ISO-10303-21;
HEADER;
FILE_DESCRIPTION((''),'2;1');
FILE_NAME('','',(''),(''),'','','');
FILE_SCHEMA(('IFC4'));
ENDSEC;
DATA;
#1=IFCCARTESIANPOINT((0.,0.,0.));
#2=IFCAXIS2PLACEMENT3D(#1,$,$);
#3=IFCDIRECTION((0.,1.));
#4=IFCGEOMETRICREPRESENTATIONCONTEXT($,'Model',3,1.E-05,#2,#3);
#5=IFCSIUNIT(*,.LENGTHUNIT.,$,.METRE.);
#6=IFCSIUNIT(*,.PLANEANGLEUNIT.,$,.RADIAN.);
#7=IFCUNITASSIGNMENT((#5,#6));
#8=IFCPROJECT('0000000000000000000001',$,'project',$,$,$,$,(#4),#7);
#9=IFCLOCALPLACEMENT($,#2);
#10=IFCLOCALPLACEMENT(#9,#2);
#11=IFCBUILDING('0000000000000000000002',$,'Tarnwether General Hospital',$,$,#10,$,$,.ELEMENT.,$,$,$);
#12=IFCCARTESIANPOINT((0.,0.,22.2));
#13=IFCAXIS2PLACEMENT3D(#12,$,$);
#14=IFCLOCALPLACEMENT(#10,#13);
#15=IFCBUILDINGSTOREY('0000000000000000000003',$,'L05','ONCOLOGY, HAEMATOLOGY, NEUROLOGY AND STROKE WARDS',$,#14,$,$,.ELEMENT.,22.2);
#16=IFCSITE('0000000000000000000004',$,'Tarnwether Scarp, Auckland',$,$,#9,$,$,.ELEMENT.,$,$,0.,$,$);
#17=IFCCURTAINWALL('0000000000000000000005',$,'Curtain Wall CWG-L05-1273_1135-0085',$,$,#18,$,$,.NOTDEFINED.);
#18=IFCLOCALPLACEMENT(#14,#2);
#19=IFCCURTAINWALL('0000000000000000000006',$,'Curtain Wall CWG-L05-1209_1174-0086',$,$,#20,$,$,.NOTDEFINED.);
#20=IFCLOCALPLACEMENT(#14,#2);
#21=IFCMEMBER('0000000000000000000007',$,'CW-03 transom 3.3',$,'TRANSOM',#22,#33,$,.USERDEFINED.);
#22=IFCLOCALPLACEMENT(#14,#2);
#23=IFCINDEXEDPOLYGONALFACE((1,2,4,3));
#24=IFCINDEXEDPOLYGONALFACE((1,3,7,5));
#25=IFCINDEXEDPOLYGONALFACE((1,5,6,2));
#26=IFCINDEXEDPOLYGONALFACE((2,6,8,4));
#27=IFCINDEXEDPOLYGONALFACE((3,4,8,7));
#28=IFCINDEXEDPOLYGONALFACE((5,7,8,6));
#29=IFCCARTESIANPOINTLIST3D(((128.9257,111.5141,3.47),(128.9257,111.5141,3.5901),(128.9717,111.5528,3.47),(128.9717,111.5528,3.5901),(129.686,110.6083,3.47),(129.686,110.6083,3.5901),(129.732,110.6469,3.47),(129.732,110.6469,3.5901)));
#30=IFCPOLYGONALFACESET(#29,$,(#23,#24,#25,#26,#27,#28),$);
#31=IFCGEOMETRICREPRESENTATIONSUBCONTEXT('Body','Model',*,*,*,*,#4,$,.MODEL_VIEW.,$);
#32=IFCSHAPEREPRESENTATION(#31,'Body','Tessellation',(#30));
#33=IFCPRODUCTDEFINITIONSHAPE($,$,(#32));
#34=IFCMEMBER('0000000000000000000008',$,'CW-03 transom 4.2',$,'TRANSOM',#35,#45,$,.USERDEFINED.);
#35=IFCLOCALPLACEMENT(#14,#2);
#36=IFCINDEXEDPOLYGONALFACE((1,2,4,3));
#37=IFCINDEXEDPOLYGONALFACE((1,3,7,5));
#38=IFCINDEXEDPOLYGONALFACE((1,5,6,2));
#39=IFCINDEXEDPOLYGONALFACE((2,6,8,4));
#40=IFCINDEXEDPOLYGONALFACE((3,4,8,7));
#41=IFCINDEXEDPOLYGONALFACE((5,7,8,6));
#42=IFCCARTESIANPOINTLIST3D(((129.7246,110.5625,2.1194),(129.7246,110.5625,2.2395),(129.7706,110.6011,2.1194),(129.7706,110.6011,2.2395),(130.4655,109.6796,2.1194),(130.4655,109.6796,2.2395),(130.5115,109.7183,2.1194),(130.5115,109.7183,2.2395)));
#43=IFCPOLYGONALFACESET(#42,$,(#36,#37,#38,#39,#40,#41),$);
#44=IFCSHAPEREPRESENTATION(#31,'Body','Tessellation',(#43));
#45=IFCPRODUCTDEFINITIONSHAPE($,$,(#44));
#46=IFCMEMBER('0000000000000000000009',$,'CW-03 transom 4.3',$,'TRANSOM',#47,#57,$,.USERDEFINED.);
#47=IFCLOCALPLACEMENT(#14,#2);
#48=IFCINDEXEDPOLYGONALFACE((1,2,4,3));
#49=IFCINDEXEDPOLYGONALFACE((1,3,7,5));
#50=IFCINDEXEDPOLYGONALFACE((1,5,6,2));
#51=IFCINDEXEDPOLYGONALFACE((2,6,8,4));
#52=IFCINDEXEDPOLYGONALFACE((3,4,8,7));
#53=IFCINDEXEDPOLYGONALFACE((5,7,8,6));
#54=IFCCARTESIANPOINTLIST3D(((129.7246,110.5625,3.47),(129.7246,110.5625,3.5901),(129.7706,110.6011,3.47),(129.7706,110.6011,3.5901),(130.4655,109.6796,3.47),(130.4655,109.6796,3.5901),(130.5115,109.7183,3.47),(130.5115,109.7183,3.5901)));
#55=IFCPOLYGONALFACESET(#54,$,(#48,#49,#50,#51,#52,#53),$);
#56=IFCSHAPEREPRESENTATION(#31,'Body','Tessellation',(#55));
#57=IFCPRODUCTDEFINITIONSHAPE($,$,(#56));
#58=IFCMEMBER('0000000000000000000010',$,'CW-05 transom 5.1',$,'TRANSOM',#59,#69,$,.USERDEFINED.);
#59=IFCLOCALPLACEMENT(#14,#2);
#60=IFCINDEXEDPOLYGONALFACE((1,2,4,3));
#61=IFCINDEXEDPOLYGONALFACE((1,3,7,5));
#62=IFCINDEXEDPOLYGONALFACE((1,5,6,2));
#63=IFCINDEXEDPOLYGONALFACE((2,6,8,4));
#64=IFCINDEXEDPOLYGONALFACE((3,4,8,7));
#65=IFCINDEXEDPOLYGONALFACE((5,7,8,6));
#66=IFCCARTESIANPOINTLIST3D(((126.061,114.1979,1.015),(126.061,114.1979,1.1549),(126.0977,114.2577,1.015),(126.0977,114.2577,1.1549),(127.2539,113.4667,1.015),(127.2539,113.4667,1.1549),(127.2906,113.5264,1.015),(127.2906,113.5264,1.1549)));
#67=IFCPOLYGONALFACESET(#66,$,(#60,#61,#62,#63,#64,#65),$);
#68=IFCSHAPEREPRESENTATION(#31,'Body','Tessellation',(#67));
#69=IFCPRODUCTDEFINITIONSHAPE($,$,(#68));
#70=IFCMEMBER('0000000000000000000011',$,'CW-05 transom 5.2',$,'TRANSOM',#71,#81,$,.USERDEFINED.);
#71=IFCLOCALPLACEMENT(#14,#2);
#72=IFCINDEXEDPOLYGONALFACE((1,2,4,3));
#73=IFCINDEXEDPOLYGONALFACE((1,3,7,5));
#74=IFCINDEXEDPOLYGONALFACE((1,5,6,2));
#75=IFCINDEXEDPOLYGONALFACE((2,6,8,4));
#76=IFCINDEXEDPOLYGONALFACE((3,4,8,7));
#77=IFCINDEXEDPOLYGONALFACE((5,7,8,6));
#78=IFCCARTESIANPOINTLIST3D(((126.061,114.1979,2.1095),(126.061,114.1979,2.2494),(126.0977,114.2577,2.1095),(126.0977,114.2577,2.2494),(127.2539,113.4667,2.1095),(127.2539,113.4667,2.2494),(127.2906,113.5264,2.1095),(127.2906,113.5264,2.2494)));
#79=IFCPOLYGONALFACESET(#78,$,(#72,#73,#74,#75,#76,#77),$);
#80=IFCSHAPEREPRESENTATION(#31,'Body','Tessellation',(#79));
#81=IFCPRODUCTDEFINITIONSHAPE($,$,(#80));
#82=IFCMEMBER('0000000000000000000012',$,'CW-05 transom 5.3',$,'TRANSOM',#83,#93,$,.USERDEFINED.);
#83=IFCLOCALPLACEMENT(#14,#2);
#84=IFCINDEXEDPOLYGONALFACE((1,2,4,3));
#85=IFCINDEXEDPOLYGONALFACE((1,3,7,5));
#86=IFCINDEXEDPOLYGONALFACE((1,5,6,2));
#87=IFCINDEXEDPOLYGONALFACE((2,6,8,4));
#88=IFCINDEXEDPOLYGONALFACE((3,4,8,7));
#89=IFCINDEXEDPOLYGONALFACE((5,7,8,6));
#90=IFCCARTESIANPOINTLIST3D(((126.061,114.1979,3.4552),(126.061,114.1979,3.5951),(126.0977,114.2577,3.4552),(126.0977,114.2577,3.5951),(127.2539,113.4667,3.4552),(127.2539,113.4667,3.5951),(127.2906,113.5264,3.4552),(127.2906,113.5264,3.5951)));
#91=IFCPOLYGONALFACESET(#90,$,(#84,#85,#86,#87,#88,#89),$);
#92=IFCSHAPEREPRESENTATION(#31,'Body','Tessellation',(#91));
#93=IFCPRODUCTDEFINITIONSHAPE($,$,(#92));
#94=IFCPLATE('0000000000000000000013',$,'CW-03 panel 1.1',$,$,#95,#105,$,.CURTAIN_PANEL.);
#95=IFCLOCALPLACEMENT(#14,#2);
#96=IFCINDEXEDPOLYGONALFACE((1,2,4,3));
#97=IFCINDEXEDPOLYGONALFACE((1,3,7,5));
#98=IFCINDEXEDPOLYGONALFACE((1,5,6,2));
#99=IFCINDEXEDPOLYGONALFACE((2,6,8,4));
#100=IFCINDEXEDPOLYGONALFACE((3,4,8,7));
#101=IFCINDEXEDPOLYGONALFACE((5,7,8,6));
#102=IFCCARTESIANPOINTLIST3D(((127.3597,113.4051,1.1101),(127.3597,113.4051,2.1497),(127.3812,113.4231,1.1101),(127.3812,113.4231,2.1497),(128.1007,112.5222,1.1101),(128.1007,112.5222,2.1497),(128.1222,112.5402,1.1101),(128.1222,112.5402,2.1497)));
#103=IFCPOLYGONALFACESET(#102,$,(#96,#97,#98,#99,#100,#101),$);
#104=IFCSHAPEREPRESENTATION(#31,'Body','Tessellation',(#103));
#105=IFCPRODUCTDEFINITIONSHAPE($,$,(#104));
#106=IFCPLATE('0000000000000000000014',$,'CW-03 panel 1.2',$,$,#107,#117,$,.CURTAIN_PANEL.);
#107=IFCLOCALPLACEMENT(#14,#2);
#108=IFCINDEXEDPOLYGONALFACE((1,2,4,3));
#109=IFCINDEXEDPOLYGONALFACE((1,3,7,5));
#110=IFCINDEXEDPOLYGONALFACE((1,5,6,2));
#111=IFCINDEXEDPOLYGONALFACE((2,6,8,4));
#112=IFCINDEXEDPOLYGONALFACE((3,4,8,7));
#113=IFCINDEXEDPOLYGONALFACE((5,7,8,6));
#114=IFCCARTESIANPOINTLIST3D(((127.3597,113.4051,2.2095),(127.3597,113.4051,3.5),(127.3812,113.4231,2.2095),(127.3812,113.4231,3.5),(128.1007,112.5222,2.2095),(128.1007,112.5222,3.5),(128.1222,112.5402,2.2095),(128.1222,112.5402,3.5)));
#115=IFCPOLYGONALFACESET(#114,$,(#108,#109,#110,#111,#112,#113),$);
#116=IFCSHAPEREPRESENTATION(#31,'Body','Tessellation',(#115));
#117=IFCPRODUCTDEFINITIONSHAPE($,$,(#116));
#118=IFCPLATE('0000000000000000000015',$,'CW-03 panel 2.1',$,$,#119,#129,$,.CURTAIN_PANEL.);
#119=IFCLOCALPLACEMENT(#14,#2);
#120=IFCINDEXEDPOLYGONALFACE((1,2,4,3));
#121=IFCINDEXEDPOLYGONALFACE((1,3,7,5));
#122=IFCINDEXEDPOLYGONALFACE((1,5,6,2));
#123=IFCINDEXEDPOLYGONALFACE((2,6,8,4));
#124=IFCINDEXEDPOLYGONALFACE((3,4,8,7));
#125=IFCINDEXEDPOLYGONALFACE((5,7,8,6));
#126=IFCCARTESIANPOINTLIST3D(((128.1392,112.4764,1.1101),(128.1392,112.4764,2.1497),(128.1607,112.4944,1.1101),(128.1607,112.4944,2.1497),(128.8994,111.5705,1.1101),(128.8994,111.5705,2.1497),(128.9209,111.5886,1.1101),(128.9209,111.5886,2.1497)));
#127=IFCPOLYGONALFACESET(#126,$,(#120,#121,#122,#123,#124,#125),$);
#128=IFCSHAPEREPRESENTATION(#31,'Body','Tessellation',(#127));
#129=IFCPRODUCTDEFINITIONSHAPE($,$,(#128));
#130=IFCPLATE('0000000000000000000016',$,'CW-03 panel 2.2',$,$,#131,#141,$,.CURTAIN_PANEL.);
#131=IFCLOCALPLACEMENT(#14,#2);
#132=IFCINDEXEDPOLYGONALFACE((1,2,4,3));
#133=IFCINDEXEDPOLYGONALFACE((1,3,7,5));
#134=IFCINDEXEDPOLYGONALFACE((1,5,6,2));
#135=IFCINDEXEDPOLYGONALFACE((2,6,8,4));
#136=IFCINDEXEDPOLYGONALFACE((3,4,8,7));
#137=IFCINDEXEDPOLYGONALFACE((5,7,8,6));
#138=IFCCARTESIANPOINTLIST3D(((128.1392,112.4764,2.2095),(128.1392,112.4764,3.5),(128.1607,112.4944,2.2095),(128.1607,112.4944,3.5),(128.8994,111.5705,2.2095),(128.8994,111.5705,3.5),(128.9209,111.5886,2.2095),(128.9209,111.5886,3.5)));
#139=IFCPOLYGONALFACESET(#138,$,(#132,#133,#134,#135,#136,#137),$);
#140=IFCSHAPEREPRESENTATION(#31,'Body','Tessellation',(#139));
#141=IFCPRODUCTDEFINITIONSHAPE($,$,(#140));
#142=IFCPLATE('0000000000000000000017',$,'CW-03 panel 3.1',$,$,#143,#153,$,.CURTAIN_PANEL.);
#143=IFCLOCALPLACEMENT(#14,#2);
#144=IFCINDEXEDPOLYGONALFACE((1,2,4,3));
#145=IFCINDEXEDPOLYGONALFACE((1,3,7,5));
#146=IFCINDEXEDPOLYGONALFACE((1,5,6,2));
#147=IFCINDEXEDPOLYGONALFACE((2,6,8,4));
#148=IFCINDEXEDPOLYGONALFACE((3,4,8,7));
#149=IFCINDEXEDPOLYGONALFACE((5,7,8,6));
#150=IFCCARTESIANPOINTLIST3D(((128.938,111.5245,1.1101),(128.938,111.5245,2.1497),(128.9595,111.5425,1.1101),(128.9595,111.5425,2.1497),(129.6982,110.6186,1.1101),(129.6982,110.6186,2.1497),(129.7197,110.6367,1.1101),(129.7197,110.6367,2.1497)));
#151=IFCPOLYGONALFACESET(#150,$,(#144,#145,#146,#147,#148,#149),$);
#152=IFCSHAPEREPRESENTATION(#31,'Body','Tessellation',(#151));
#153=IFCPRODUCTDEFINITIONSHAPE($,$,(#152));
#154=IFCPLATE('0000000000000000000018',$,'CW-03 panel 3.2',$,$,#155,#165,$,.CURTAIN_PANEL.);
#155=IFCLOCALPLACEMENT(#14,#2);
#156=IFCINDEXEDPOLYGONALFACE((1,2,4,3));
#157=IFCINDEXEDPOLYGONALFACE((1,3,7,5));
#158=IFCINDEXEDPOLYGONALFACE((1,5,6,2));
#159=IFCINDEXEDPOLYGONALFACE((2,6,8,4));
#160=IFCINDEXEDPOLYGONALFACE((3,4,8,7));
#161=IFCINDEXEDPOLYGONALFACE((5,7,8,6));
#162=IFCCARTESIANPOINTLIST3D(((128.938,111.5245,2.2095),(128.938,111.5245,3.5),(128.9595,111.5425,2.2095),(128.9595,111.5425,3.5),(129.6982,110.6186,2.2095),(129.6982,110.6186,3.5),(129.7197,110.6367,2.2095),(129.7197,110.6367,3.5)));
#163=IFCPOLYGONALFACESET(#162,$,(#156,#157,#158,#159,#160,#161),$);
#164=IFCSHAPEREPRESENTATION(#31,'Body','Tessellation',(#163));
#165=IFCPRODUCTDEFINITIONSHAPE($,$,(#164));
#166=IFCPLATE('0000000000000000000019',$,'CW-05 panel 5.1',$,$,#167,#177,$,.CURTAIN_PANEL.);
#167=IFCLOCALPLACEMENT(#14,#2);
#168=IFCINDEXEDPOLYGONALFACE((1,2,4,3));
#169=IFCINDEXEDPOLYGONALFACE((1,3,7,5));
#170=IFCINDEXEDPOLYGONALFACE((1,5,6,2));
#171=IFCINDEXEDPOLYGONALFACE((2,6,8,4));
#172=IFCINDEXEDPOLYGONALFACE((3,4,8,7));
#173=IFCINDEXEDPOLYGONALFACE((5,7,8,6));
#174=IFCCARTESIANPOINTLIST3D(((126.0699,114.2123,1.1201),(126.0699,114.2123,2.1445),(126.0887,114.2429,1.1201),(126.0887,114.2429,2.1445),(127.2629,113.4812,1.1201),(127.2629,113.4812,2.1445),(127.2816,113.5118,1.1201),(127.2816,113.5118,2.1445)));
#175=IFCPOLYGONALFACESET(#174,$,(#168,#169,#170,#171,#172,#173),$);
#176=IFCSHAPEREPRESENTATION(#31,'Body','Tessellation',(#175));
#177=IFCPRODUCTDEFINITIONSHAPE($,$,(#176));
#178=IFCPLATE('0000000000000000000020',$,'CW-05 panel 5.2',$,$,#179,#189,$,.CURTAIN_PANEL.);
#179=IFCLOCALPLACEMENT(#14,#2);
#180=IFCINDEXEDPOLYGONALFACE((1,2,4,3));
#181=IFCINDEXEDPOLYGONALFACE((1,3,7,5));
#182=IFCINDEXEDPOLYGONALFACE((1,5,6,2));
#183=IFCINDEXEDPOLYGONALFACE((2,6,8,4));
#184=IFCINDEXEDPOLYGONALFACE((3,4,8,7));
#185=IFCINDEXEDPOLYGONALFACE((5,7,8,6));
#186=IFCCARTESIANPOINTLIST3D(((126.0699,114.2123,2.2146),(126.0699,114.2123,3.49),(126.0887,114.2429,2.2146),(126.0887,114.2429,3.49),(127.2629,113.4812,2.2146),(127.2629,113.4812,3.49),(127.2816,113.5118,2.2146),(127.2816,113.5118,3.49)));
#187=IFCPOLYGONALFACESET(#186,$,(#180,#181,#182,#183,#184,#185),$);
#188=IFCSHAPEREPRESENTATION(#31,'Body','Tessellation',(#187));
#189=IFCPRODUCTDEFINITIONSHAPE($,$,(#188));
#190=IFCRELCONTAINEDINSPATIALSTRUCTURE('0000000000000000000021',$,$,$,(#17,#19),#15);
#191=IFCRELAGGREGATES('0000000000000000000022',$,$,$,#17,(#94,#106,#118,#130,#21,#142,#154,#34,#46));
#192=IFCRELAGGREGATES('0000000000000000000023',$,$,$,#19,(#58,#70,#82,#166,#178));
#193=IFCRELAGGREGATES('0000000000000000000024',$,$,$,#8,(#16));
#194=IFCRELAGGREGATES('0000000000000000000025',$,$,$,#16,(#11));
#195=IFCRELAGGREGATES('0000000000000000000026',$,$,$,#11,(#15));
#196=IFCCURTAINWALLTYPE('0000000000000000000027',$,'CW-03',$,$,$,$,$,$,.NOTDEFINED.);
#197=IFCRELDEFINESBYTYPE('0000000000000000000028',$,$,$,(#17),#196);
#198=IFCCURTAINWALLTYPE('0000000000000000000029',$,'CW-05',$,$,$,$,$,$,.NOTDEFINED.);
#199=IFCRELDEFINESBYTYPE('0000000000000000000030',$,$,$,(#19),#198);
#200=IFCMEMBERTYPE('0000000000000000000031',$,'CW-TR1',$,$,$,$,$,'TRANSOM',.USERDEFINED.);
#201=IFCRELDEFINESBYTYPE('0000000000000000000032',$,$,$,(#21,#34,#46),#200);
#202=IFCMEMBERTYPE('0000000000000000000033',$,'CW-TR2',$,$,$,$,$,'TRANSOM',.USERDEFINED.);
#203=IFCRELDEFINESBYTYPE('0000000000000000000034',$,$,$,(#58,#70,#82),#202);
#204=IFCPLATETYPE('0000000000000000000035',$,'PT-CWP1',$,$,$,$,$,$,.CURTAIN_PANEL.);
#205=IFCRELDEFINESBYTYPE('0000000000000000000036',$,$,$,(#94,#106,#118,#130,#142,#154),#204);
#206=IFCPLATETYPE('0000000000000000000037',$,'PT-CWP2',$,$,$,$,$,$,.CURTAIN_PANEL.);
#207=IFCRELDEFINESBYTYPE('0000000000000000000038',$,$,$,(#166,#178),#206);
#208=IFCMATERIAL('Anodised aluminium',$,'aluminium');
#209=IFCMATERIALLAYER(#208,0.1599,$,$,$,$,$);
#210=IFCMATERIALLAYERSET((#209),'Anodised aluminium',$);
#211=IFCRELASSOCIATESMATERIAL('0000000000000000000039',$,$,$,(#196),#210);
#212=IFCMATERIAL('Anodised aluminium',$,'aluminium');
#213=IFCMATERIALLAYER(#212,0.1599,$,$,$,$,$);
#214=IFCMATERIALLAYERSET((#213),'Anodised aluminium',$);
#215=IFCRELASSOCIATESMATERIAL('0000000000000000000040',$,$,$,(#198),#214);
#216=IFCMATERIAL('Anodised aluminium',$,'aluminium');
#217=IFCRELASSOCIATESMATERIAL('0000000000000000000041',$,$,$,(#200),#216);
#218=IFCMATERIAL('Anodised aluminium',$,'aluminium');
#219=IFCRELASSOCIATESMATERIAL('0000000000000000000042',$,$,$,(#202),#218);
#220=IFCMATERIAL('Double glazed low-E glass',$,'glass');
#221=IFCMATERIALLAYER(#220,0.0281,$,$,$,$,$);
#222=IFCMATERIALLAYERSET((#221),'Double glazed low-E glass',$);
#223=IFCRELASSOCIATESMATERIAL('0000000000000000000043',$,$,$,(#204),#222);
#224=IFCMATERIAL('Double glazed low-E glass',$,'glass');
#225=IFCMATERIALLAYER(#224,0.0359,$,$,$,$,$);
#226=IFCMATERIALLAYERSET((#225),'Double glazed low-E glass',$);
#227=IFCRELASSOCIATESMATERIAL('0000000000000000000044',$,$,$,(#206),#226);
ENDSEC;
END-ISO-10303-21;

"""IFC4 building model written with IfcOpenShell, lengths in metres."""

from ifc_helpers import new_model, si_unit, direction, frame, origin, origin_2d, place, context, subcontext, project, spatial, rectangle, extrude, material, layer, layer_set, material_profile, profile_set, type_object, element, aggregate, save


model = new_model("IFC4")

# Units and contexts
model_context = context("Model", 3, precision=1e-05, world=origin(), true_north=direction((0.0, 1.0)))
body_context = subcontext(model_context, "Body", "Model", "MODEL_VIEW")
ifc_project = project(units=[si_unit("LENGTHUNIT", "METRE"), si_unit("PLANEANGLEUNIT", "RADIAN")], contexts=[model_context])

# Site, building, storey
site_placement = place(None, origin())
site = spatial("IfcSite", under=ifc_project, at=site_placement, Name="Tarnwether Scarp, Auckland", CompositionType="ELEMENT", RefElevation=0.0)
building_placement = place(site_placement, origin())
building = spatial("IfcBuilding", under=site, at=building_placement, Name="Tarnwether General Hospital", CompositionType="ELEMENT")
storey_placement = place(building_placement, frame((0.0, 0.0, 22.2)))
storey = spatial("IfcBuildingStorey", under=building, at=storey_placement, Name="L05", Description="ONCOLOGY, HAEMATOLOGY, NEUROLOGY AND STROKE WARDS", CompositionType="ELEMENT", Elevation=22.2)

# Curtain walls
ifc_material_1 = material(Name="Anodised aluminium", Category="aluminium")
ifc_layer_1 = layer(ifc_material_1, 0.1599)
ifc_layer_set_1 = layer_set([ifc_layer_1], Name="Anodised aluminium")
curtain_wall_type_1 = type_object("IfcCurtainWallType", Name="CW-03", PredefinedType="NOTDEFINED", material=ifc_layer_set_1)
curtain_wall_1_placement = place(storey_placement, origin())
curtain_wall_1 = element("IfcCurtainWall", 1, at=curtain_wall_1_placement, inside=storey, type_object=curtain_wall_type_1, Name="Curtain Wall CWG-L05-1273_1135-0085", PredefinedType="NOTDEFINED")
ifc_material_2 = material(Name="Anodised aluminium", Category="aluminium")
ifc_layer_2 = layer(ifc_material_2, 0.1599)
ifc_layer_set_2 = layer_set([ifc_layer_2], Name="Anodised aluminium")
curtain_wall_type_2 = type_object("IfcCurtainWallType", Name="CW-05", PredefinedType="NOTDEFINED", material=ifc_layer_set_2)
curtain_wall_2_placement = place(storey_placement, origin())
curtain_wall_2 = element("IfcCurtainWall", 2, at=curtain_wall_2_placement, inside=storey, type_object=curtain_wall_type_2, Name="Curtain Wall CWG-L05-1209_1174-0086", PredefinedType="NOTDEFINED")

# Members
ifc_material_3 = material(Name="Anodised aluminium", Category="aluminium")
ifc_material_profile_1 = material_profile(ifc_material_3, rectangle(XDim=0.0601, YDim=0.1201, at=origin_2d()), Name="ALU-TRN-60x120")
ifc_profile_set_1 = profile_set([ifc_material_profile_1], Name="Anodised aluminium")
member_type_1 = type_object("IfcMemberType", Name="CW-TR1", ElementType="TRANSOM", PredefinedType="USERDEFINED", material=ifc_profile_set_1)
member_1_placement = place(storey_placement, frame((128.9487, 111.5334, 3.53), z_axis=(0.642902, -0.765949, 0.0), x_axis=(0.765949, 0.642902, 0.0)))
member_1 = element("IfcMember", 3, at=member_1_placement, type_object=member_type_1, Name="CW-03 transom 3.3", ObjectType="TRANSOM", PredefinedType="USERDEFINED", context=body_context, shape_type="SweptSolid", body=[
    extrude(rectangle(XDim=0.0601, YDim=0.1201, at=origin_2d()), origin(), (0.0, 0.0, 1.0), 1.1826),
])
member_2_placement = place(storey_placement, frame((129.7476, 110.5818, 2.1794), z_axis=(0.642889, -0.765959, 0.0), x_axis=(0.765959, 0.642889, 0.0)))
member_2 = element("IfcMember", 4, at=member_2_placement, type_object=member_type_1, Name="CW-03 transom 4.2", ObjectType="TRANSOM", PredefinedType="USERDEFINED", context=body_context, shape_type="SweptSolid", body=[
    extrude(rectangle(XDim=0.0601, YDim=0.1201, at=origin_2d()), origin(), (0.0, 0.0, 1.0), 1.1526),
])
member_3_placement = place(storey_placement, frame((129.7476, 110.5818, 3.53), z_axis=(0.642889, -0.765959, 0.0), x_axis=(0.765959, 0.642889, 0.0)))
member_3 = element("IfcMember", 5, at=member_3_placement, type_object=member_type_1, Name="CW-03 transom 4.3", ObjectType="TRANSOM", PredefinedType="USERDEFINED", context=body_context, shape_type="SweptSolid", body=[
    extrude(rectangle(XDim=0.0601, YDim=0.1201, at=origin_2d()), origin(), (0.0, 0.0, 1.0), 1.1526),
])
ifc_material_4 = material(Name="Anodised aluminium", Category="aluminium")
ifc_material_profile_2 = material_profile(ifc_material_4, rectangle(XDim=0.0701, YDim=0.1399, at=origin_2d()), Name="ALU-TRN-70x140")
ifc_profile_set_2 = profile_set([ifc_material_profile_2], Name="Anodised aluminium")
member_type_2 = type_object("IfcMemberType", Name="CW-TR2", ElementType="TRANSOM", PredefinedType="USERDEFINED", material=ifc_profile_set_2)
member_4_placement = place(storey_placement, frame((126.0793, 114.2278, 1.085), z_axis=(0.852574, -0.522607, 0.0), x_axis=(0.522607, 0.852574, 0.0)))
member_4 = element("IfcMember", 6, at=member_4_placement, type_object=member_type_2, Name="CW-05 transom 5.1", ObjectType="TRANSOM", PredefinedType="USERDEFINED", context=body_context, shape_type="SweptSolid", body=[
    extrude(rectangle(XDim=0.0701, YDim=0.1399, at=origin_2d()), origin(), (0.0, 0.0, 1.0), 1.3992),
])
member_5_placement = place(storey_placement, frame((126.0793, 114.2278, 2.1794), z_axis=(0.852574, -0.522607, 0.0), x_axis=(0.522607, 0.852574, 0.0)))
member_5 = element("IfcMember", 7, at=member_5_placement, type_object=member_type_2, Name="CW-05 transom 5.2", ObjectType="TRANSOM", PredefinedType="USERDEFINED", context=body_context, shape_type="SweptSolid", body=[
    extrude(rectangle(XDim=0.0701, YDim=0.1399, at=origin_2d()), origin(), (0.0, 0.0, 1.0), 1.3992),
])
member_6_placement = place(storey_placement, frame((126.0793, 114.2278, 3.5251), z_axis=(0.852574, -0.522607, 0.0), x_axis=(0.522607, 0.852574, 0.0)))
member_6 = element("IfcMember", 8, at=member_6_placement, type_object=member_type_2, Name="CW-05 transom 5.3", ObjectType="TRANSOM", PredefinedType="USERDEFINED", context=body_context, shape_type="SweptSolid", body=[
    extrude(rectangle(XDim=0.0701, YDim=0.1399, at=origin_2d()), origin(), (0.0, 0.0, 1.0), 1.3992),
])

# Plates
ifc_material_5 = material(Name="Double glazed low-E glass", Category="glass")
ifc_layer_3 = layer(ifc_material_5, 0.0281)
ifc_layer_set_3 = layer_set([ifc_layer_3], Name="Double glazed low-E glass")
plate_type_1 = type_object("IfcPlateType", Name="PT-CWP1", PredefinedType="CURTAIN_PANEL", material=ifc_layer_set_3)
plate_1_placement = place(storey_placement, frame((127.741, 112.9727, 1.1101), z_axis=(0.0, 0.0, 1.0), x_axis=(0.642852, -0.76599, 0.0)))
plate_1 = element("IfcPlate", 9, at=plate_1_placement, type_object=plate_type_1, Name="CW-03 panel 1.1", PredefinedType="CURTAIN_PANEL", context=body_context, shape_type="SweptSolid", body=[
    extrude(rectangle(XDim=1.1526, YDim=0.0281, at=origin_2d()), origin(), (0.0, 0.0, 1.0), 1.0396),
])
plate_2_placement = place(storey_placement, frame((127.741, 112.9727, 2.2095), z_axis=(0.0, 0.0, 1.0), x_axis=(0.642852, -0.76599, 0.0)))
plate_2 = element("IfcPlate", 10, at=plate_2_placement, type_object=plate_type_1, Name="CW-03 panel 1.2", PredefinedType="CURTAIN_PANEL", context=body_context, shape_type="SweptSolid", body=[
    extrude(rectangle(XDim=1.1526, YDim=0.0281, at=origin_2d()), origin(), (0.0, 0.0, 1.0), 1.2905),
])
plate_3_placement = place(storey_placement, frame((128.53, 112.0325, 1.1101), z_axis=(0.0, 0.0, 1.0), x_axis=(0.642852, -0.76599, 0.0)))
plate_3 = element("IfcPlate", 11, at=plate_3_placement, type_object=plate_type_1, Name="CW-03 panel 2.1", PredefinedType="CURTAIN_PANEL", context=body_context, shape_type="SweptSolid", body=[
    extrude(rectangle(XDim=1.1826, YDim=0.0281, at=origin_2d()), origin(), (0.0, 0.0, 1.0), 1.0396),
])
plate_4_placement = place(storey_placement, frame((128.53, 112.0325, 2.2095), z_axis=(0.0, 0.0, 1.0), x_axis=(0.642852, -0.76599, 0.0)))
plate_4 = element("IfcPlate", 12, at=plate_4_placement, type_object=plate_type_1, Name="CW-03 panel 2.2", PredefinedType="CURTAIN_PANEL", context=body_context, shape_type="SweptSolid", body=[
    extrude(rectangle(XDim=1.1826, YDim=0.0281, at=origin_2d()), origin(), (0.0, 0.0, 1.0), 1.2905),
])
plate_5_placement = place(storey_placement, frame((129.3289, 111.0806, 1.1101), z_axis=(0.0, 0.0, 1.0), x_axis=(0.642852, -0.76599, 0.0)))
plate_5 = element("IfcPlate", 13, at=plate_5_placement, type_object=plate_type_1, Name="CW-03 panel 3.1", PredefinedType="CURTAIN_PANEL", context=body_context, shape_type="SweptSolid", body=[
    extrude(rectangle(XDim=1.1826, YDim=0.0281, at=origin_2d()), origin(), (0.0, 0.0, 1.0), 1.0396),
])
plate_6_placement = place(storey_placement, frame((129.3289, 111.0806, 2.2095), z_axis=(0.0, 0.0, 1.0), x_axis=(0.642852, -0.76599, 0.0)))
plate_6 = element("IfcPlate", 14, at=plate_6_placement, type_object=plate_type_1, Name="CW-03 panel 3.2", PredefinedType="CURTAIN_PANEL", context=body_context, shape_type="SweptSolid", body=[
    extrude(rectangle(XDim=1.1826, YDim=0.0281, at=origin_2d()), origin(), (0.0, 0.0, 1.0), 1.2905),
])
aggregate(curtain_wall_1, [plate_1, plate_2, plate_3, plate_4, member_1, plate_5, plate_6, member_2, member_3])
ifc_material_6 = material(Name="Double glazed low-E glass", Category="glass")
ifc_layer_4 = layer(ifc_material_6, 0.0359)
ifc_layer_set_4 = layer_set([ifc_layer_4], Name="Double glazed low-E glass")
plate_type_2 = type_object("IfcPlateType", Name="PT-CWP2", PredefinedType="CURTAIN_PANEL", material=ifc_layer_set_4)
plate_7_placement = place(storey_placement, frame((126.6758, 113.8621, 1.1201), z_axis=(0.0, 0.0, 1.0), x_axis=(0.852634, -0.522509, 0.0)))
plate_7 = element("IfcPlate", 15, at=plate_7_placement, type_object=plate_type_2, Name="CW-05 panel 5.1", PredefinedType="CURTAIN_PANEL", context=body_context, shape_type="SweptSolid", body=[
    extrude(rectangle(XDim=1.3992, YDim=0.0359, at=origin_2d()), origin(), (0.0, 0.0, 1.0), 1.0244),
])
plate_8_placement = place(storey_placement, frame((126.6758, 113.8621, 2.2146), z_axis=(0.0, 0.0, 1.0), x_axis=(0.852634, -0.522509, 0.0)))
plate_8 = element("IfcPlate", 16, at=plate_8_placement, type_object=plate_type_2, Name="CW-05 panel 5.2", PredefinedType="CURTAIN_PANEL", context=body_context, shape_type="SweptSolid", body=[
    extrude(rectangle(XDim=1.3992, YDim=0.0359, at=origin_2d()), origin(), (0.0, 0.0, 1.0), 1.2754),
])
aggregate(curtain_wall_2, [member_4, member_5, member_6, plate_7, plate_8])

save(model, "model.ifc")
